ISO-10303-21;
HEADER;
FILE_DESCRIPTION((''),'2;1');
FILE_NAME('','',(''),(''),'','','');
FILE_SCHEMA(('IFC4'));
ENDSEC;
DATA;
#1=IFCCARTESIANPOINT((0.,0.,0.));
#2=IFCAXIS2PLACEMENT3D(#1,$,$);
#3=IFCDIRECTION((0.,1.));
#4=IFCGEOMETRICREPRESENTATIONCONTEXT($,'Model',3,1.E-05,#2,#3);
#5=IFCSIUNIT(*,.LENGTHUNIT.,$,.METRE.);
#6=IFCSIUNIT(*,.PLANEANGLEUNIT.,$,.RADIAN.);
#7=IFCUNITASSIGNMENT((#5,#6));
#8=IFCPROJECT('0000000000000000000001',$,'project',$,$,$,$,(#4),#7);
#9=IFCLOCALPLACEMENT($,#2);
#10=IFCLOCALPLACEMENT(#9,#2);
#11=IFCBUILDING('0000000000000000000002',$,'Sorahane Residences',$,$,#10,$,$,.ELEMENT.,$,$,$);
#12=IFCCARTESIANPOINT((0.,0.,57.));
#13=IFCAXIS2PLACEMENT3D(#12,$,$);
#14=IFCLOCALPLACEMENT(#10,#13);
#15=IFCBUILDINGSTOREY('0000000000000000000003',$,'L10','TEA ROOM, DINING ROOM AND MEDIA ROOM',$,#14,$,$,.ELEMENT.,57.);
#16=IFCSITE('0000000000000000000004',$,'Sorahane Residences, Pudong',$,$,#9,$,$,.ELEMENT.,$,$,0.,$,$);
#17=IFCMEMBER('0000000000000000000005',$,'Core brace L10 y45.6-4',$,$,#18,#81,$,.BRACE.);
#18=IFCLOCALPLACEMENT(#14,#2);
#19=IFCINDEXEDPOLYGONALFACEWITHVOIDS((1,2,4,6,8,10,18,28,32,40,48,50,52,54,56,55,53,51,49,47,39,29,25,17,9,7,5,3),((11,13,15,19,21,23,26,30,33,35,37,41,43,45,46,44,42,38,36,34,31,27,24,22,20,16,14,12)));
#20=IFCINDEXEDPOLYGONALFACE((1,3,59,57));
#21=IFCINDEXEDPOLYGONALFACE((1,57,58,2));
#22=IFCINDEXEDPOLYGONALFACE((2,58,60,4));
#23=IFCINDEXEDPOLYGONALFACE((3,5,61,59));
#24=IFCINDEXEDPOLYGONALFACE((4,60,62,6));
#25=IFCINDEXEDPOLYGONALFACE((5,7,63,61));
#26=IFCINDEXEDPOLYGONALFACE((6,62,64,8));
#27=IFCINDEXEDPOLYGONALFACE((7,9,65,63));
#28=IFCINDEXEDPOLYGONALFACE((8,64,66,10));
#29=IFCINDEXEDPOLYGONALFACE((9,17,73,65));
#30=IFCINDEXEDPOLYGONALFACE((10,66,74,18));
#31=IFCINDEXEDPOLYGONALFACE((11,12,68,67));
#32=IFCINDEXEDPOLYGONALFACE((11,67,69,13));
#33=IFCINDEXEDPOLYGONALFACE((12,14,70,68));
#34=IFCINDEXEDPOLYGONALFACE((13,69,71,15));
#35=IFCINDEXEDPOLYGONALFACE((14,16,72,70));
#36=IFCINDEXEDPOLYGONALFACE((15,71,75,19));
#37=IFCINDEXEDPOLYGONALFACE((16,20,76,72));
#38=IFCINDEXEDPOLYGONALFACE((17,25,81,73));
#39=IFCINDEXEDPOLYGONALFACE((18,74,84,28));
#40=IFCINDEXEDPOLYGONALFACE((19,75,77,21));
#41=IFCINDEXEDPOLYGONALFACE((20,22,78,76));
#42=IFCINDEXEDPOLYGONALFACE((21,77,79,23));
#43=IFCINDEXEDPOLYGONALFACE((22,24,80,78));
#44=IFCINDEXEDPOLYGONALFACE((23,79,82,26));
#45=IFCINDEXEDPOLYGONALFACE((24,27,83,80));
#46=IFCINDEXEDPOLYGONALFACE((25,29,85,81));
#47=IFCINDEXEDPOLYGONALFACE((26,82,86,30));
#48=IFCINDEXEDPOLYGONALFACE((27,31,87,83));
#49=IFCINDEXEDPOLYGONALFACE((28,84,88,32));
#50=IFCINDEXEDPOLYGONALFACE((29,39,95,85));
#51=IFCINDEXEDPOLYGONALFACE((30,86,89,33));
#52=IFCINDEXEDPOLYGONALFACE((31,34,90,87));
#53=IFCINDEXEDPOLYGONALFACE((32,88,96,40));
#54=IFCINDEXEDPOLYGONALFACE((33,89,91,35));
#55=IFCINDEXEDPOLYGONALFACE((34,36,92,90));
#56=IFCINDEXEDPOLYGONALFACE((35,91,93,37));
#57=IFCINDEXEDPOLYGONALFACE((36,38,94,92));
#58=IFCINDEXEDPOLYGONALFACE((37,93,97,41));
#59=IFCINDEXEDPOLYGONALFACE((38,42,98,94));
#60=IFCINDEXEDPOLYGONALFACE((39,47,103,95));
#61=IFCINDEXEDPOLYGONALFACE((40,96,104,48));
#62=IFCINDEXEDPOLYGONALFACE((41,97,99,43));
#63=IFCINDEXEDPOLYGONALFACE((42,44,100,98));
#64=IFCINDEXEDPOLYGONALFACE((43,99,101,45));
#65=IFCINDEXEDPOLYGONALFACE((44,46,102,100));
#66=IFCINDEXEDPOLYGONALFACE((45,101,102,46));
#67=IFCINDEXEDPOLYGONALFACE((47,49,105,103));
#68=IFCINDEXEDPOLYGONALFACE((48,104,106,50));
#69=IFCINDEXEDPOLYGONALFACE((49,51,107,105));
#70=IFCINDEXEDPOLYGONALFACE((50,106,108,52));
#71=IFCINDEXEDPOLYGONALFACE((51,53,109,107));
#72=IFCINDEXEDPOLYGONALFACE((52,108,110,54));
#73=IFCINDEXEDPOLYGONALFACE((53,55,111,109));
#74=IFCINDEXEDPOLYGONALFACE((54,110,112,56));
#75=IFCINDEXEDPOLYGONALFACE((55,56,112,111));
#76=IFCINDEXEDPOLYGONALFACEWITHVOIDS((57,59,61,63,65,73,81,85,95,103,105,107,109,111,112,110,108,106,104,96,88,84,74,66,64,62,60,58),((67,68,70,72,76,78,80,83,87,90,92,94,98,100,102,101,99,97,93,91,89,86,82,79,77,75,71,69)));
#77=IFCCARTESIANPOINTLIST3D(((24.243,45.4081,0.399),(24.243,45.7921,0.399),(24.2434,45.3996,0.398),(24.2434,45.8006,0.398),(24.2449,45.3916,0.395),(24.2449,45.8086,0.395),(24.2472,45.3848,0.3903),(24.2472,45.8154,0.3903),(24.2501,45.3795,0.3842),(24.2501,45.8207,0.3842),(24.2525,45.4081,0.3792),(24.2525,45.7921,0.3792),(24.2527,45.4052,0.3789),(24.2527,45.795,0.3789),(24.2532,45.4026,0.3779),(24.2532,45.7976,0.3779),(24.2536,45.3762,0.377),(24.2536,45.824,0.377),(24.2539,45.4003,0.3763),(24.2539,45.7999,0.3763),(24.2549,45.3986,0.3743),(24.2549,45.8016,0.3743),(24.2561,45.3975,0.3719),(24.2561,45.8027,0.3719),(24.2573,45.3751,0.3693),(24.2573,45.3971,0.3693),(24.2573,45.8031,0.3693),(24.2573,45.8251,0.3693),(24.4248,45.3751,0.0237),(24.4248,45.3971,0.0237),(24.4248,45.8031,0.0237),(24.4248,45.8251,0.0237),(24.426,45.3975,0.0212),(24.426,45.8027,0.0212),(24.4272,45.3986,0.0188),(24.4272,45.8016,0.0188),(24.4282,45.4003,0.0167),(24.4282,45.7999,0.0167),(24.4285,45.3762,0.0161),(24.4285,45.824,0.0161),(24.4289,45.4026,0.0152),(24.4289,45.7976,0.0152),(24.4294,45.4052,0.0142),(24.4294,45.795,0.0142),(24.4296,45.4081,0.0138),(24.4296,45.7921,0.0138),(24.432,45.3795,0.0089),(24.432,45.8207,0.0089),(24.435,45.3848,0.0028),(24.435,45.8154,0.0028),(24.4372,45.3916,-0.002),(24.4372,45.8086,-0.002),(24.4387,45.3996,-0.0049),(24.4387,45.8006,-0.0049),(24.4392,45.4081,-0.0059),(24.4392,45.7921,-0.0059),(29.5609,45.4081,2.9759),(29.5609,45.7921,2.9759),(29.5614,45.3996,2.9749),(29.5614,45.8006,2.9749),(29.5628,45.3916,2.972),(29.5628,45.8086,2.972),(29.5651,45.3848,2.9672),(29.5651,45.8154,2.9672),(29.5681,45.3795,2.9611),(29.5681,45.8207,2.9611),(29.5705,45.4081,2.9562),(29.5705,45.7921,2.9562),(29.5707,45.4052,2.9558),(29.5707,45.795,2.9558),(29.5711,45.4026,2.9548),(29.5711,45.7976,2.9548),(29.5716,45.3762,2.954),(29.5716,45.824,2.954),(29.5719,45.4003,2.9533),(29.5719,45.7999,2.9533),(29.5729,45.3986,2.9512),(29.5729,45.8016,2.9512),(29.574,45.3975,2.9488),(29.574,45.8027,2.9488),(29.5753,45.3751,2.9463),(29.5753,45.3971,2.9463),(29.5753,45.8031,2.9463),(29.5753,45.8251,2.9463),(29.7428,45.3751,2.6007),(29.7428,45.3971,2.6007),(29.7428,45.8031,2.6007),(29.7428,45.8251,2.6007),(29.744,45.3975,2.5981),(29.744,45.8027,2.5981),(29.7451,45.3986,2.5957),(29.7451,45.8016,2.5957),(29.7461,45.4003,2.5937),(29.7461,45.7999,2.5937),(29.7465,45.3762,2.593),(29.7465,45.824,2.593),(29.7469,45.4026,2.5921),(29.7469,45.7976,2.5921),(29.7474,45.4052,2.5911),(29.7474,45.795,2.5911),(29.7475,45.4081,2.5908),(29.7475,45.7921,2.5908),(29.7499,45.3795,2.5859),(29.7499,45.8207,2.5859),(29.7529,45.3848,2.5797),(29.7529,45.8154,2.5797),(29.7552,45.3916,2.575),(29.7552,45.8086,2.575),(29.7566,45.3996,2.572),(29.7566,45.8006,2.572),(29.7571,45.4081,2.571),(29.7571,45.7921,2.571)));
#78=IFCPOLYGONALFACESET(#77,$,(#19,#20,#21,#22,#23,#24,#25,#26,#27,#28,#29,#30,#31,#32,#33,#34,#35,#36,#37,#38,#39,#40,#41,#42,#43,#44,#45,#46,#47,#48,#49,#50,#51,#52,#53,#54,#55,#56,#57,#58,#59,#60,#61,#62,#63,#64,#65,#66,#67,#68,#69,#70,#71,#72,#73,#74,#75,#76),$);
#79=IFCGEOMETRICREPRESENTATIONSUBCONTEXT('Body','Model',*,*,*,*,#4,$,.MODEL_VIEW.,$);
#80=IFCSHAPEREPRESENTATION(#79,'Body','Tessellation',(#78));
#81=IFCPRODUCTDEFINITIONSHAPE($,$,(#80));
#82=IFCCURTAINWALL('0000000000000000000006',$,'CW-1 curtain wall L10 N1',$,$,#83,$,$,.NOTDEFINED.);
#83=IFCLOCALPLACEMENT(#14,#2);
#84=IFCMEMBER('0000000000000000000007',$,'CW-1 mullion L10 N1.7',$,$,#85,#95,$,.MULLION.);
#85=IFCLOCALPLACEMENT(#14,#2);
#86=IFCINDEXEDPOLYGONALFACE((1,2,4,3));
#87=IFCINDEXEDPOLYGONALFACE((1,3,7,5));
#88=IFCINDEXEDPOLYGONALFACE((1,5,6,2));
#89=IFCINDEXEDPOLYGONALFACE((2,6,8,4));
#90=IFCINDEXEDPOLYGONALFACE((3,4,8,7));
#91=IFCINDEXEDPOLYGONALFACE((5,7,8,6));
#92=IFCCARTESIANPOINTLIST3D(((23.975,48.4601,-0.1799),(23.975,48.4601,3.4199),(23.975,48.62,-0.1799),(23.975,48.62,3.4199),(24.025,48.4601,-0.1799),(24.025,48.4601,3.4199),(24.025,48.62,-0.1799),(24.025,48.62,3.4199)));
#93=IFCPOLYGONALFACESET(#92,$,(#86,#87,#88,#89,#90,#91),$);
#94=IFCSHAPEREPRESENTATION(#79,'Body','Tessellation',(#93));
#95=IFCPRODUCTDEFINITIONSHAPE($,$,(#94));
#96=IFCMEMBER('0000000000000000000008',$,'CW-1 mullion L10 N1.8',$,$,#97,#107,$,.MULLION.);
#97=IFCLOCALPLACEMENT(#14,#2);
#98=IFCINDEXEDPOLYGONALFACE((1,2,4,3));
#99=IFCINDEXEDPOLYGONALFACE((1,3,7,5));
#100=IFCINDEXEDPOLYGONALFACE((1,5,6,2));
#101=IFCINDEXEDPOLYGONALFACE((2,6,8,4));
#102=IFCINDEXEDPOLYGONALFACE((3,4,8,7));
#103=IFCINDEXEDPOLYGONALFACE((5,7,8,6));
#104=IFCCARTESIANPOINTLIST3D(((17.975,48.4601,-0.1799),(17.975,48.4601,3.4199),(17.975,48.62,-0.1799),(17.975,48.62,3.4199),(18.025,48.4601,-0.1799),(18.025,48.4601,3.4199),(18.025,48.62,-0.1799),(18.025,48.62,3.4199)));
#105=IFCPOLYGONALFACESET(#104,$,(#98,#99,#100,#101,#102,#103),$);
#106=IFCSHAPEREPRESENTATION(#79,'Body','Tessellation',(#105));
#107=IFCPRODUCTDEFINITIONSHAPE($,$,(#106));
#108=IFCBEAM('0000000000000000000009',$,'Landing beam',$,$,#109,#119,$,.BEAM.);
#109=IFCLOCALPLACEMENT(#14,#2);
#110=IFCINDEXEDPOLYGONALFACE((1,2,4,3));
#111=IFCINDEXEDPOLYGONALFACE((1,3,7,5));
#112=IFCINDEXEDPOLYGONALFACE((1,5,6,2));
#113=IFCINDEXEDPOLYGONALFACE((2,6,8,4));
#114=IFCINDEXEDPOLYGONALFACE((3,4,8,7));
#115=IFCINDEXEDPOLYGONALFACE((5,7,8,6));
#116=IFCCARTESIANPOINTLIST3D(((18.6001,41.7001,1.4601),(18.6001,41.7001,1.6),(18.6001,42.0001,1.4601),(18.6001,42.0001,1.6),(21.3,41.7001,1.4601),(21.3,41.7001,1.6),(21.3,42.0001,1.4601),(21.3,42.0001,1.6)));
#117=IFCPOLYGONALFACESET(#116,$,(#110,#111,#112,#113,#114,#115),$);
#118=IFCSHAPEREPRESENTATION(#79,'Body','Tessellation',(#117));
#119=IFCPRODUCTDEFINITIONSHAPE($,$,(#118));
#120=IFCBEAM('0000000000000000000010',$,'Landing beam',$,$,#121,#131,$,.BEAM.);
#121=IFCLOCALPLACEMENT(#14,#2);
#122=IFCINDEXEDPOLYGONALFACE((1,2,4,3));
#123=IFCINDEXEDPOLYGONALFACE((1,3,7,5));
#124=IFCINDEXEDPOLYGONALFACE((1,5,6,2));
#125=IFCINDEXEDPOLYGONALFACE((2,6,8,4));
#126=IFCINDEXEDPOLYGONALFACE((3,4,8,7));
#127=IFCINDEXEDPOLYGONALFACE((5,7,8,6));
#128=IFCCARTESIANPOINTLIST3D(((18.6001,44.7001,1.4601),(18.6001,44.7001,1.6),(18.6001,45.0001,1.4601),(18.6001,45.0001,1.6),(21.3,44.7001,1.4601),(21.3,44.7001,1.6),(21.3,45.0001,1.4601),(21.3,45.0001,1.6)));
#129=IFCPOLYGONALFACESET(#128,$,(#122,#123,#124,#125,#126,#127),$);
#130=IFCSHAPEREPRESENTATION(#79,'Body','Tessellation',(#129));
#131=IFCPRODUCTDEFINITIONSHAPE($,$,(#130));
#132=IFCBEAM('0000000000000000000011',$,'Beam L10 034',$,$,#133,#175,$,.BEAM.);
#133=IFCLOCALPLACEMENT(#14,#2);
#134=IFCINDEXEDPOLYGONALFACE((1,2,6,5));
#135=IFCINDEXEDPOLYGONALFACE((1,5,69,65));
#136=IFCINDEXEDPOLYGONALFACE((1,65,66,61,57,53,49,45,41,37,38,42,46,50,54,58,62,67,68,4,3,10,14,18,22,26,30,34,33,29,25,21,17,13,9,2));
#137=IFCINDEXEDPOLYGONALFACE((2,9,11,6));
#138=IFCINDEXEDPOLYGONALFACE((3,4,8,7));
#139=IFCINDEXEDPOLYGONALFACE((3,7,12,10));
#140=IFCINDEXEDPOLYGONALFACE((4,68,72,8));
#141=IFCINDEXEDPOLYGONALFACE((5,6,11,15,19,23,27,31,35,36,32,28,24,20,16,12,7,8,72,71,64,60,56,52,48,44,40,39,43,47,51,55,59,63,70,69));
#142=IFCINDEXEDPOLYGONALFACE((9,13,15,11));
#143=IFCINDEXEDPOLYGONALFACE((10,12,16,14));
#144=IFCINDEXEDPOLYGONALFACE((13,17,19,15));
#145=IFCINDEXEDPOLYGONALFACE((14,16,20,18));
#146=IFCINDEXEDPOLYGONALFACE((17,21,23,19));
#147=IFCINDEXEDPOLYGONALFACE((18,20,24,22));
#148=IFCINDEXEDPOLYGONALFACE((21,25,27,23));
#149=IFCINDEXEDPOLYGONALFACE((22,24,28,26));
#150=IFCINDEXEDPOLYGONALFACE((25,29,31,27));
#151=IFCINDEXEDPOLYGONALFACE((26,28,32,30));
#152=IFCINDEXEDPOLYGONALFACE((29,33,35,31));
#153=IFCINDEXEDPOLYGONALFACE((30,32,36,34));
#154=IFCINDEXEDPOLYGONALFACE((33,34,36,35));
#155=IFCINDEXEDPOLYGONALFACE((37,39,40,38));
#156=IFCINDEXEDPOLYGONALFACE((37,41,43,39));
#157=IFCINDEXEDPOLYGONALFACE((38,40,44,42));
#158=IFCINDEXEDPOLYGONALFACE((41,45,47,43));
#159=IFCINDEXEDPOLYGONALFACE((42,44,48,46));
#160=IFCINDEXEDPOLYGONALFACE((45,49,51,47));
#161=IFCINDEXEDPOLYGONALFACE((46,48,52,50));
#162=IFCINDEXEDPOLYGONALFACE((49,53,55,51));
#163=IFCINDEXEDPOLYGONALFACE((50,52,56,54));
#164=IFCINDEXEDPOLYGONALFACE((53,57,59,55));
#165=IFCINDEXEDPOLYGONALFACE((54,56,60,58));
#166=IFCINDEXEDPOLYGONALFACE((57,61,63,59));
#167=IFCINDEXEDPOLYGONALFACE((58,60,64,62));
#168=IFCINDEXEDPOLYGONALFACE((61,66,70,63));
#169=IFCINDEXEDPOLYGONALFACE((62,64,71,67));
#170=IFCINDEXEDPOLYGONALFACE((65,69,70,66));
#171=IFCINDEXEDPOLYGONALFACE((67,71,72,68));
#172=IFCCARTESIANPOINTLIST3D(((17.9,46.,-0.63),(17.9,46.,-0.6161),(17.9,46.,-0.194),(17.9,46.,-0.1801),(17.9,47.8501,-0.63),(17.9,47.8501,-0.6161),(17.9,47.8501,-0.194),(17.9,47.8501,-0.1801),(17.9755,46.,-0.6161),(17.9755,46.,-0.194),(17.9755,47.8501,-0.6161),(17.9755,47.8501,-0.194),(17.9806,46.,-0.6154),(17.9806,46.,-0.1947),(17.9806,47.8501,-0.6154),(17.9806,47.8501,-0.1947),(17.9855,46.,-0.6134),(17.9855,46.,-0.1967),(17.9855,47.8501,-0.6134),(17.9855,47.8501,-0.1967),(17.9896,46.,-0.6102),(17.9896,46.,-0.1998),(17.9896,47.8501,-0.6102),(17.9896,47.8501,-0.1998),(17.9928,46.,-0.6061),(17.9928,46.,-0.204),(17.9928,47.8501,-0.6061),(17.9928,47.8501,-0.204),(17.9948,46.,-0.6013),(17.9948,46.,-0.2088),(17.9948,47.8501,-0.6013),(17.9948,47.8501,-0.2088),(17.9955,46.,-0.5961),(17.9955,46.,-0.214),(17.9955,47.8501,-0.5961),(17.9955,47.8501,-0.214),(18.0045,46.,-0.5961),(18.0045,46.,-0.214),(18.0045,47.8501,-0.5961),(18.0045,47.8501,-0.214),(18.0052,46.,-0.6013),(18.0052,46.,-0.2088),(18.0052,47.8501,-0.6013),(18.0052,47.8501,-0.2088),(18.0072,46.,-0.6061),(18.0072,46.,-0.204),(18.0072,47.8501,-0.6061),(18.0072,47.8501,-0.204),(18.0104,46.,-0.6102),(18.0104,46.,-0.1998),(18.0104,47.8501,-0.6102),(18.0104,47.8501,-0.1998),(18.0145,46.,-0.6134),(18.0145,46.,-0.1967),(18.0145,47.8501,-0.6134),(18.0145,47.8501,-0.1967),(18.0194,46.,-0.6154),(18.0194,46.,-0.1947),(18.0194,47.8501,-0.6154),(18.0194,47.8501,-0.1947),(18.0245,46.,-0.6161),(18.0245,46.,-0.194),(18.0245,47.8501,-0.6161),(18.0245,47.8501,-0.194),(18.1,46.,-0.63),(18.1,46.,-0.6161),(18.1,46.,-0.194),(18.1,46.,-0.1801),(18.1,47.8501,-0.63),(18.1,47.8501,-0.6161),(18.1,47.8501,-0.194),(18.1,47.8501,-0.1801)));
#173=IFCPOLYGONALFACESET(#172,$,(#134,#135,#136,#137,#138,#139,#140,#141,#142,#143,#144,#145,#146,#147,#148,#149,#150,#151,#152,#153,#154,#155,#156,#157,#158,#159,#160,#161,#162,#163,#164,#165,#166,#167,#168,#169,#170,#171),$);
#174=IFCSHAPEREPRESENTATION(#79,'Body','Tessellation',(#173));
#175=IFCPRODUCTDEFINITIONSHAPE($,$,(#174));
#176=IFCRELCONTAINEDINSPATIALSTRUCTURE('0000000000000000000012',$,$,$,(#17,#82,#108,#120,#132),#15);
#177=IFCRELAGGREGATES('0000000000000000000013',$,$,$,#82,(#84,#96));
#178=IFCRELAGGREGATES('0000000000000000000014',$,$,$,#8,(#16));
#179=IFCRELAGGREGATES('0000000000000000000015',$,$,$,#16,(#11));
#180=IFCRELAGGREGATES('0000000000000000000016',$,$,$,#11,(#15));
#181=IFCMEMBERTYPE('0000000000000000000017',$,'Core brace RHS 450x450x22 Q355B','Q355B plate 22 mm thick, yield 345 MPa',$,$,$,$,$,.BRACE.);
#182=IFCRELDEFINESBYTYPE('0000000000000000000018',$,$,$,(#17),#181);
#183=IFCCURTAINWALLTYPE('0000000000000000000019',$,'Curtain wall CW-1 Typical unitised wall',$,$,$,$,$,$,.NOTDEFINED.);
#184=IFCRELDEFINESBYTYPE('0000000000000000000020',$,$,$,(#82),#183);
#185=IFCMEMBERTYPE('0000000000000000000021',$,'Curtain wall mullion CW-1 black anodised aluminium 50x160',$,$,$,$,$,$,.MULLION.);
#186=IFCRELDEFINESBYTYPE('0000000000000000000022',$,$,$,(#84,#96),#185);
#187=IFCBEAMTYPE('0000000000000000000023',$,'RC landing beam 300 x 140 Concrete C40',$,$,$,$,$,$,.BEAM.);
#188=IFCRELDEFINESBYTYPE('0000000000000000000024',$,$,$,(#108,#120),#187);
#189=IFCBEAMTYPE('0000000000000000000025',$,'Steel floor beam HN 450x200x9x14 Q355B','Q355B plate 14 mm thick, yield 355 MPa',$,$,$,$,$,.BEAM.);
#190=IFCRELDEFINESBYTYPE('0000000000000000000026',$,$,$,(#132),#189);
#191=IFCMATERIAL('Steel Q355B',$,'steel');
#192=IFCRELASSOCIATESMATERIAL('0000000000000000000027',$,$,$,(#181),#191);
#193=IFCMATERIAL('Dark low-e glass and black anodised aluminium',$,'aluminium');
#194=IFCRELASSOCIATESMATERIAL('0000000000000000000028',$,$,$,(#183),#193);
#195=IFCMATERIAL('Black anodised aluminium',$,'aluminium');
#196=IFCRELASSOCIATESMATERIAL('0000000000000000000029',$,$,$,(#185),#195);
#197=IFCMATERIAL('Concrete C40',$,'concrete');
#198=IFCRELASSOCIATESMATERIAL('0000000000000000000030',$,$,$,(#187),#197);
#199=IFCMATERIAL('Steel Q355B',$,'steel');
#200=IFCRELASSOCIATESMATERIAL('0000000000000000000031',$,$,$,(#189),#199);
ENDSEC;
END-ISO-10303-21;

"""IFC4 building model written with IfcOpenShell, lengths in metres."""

from ifc_helpers import new_model, si_unit, direction, frame, origin, origin_2d, place, context, subcontext, project, spatial, rectangle, hollow_rectangle, i_section, extrude, material, material_profile, profile_set, type_object, element, aggregate, save


model = new_model("IFC4")

# Units and contexts
model_context = context("Model", 3, precision=1e-05, world=origin(), true_north=direction((0.0, 1.0)))
body_context = subcontext(model_context, "Body", "Model", "MODEL_VIEW")
ifc_project = project(units=[si_unit("LENGTHUNIT", "METRE"), si_unit("PLANEANGLEUNIT", "RADIAN")], contexts=[model_context])

# Site, building, storey
site_placement = place(None, origin())
site = spatial("IfcSite", under=ifc_project, at=site_placement, Name="Sorahane Residences, Pudong", CompositionType="ELEMENT", RefElevation=0.0)
building_placement = place(site_placement, origin())
building = spatial("IfcBuilding", under=site, at=building_placement, Name="Sorahane Residences", CompositionType="ELEMENT")
storey_placement = place(building_placement, frame((0.0, 0.0, 57.0)))
storey = spatial("IfcBuildingStorey", under=building, at=storey_placement, Name="L10", Description="TEA ROOM, DINING ROOM AND MEDIA ROOM", CompositionType="ELEMENT", Elevation=57.0)

# Member
ifc_material_1 = material(Name="Steel Q355B", Category="steel")
ifc_material_profile_1 = material_profile(ifc_material_1, hollow_rectangle(XDim=0.45, YDim=0.45, WallThickness=0.022, InnerFilletRadius=0.011, OuterFilletRadius=0.033, at=origin_2d()), Name="RHS 450x450x22")
ifc_profile_set_1 = profile_set([ifc_material_profile_1], Name="Steel Q355B")
member_type_1 = type_object("IfcMemberType", Name="Core brace RHS 450x450x22 Q355B", Description="Q355B plate 22 mm thick, yield 345 MPa", PredefinedType="BRACE", material=ifc_profile_set_1)
for number, where, z_axis, x_axis, name in (
    (1, (24.3411, 45.6001, 0.1965), (0.899911, 0.0, 0.436074), (0.0, 1.0, 0.0), "Core brace L10 y45.6-4"),
):
    element("IfcMember", number, at=place(storey_placement, frame(where, z_axis=z_axis, x_axis=x_axis)), inside=storey, type_object=member_type_1, Name=name, PredefinedType="BRACE", context=body_context, shape_type="SweptSolid", body=[
        extrude(hollow_rectangle(XDim=0.45, YDim=0.45, WallThickness=0.022, InnerFilletRadius=0.011, OuterFilletRadius=0.033, at=origin_2d()), origin(), (0.0, 0.0, 1.0), 5.9094),
    ])

# Curtain wall, members
ifc_material_2 = material(Name="Dark low-e glass and black anodised aluminium", Category="aluminium")
curtain_wall_type = type_object("IfcCurtainWallType", Name="Curtain wall CW-1 Typical unitised wall", PredefinedType="NOTDEFINED", material=ifc_material_2)
curtain_wall_placement = place(storey_placement, origin())
curtain_wall = element("IfcCurtainWall", 2, at=curtain_wall_placement, inside=storey, type_object=curtain_wall_type, Name="CW-1 curtain wall L10 N1", PredefinedType="NOTDEFINED")
ifc_material_3 = material(Name="Black anodised aluminium", Category="aluminium")
ifc_material_profile_2 = material_profile(ifc_material_3, rectangle(XDim=0.1599, YDim=0.05, at=origin_2d()), Name="Curtain wall mullion CW-1 black anodised aluminium 50x160")
ifc_profile_set_2 = profile_set([ifc_material_profile_2], Name="Black anodised aluminium")
member_type_2 = type_object("IfcMemberType", Name="Curtain wall mullion CW-1 black anodised aluminium 50x160", PredefinedType="MULLION", material=ifc_profile_set_2)
member_1_placement = place(storey_placement, frame((24.0, 48.54, -0.1799), z_axis=(0.0, 0.0, 1.0), x_axis=(0.0, 1.0, 0.0)))
member_1 = element("IfcMember", 3, at=member_1_placement, type_object=member_type_2, Name="CW-1 mullion L10 N1.7", PredefinedType="MULLION", context=body_context, shape_type="SweptSolid", body=[
    extrude(rectangle(XDim=0.1599, YDim=0.05, at=origin_2d()), origin(), (0.0, 0.0, 1.0), 3.5999),
])
member_2_placement = place(storey_placement, frame((18.0, 48.54, -0.1799), z_axis=(0.0, 0.0, 1.0), x_axis=(0.0, 1.0, 0.0)))
member_2 = element("IfcMember", 4, at=member_2_placement, type_object=member_type_2, Name="CW-1 mullion L10 N1.8", PredefinedType="MULLION", context=body_context, shape_type="SweptSolid", body=[
    extrude(rectangle(XDim=0.1599, YDim=0.05, at=origin_2d()), origin(), (0.0, 0.0, 1.0), 3.5999),
])

# Beams
ifc_material_4 = material(Name="Concrete C40", Category="concrete")
ifc_material_profile_3 = material_profile(ifc_material_4, rectangle(XDim=0.3, YDim=0.1399, at=origin_2d()), Name="300x140")
ifc_profile_set_3 = profile_set([ifc_material_profile_3], Name="Concrete C40")
beam_type_1 = type_object("IfcBeamType", Name="RC landing beam 300 x 140 Concrete C40", PredefinedType="BEAM", material=ifc_profile_set_3)
for number, where, z_axis, x_axis, name in (
    (5, (18.6001, 41.8501, 1.53), (1.0, 0.0, 0.0), (0.0, 1.0, 0.0), "Landing beam"),
    (6, (18.6001, 44.8501, 1.53), (1.0, 0.0, 0.0), (0.0, 1.0, 0.0), "Landing beam"),
):
    element("IfcBeam", number, at=place(storey_placement, frame(where, z_axis=z_axis, x_axis=x_axis)), inside=storey, type_object=beam_type_1, Name=name, PredefinedType="BEAM", context=body_context, shape_type="SweptSolid", body=[
        extrude(rectangle(XDim=0.3, YDim=0.1399, at=origin_2d()), origin(), (0.0, 0.0, 1.0), 2.7),
    ])
ifc_material_5 = material(Name="Steel Q355B", Category="steel")
ifc_material_profile_4 = material_profile(ifc_material_5, i_section(OverallWidth=0.2, OverallDepth=0.45, WebThickness=0.009, FlangeThickness=0.0139, FilletRadius=0.02, at=origin_2d()), Name="HN 450x200x9x14")
ifc_profile_set_4 = profile_set([ifc_material_profile_4], Name="Steel Q355B")
beam_type_2 = type_object("IfcBeamType", Name="Steel floor beam HN 450x200x9x14 Q355B", Description="Q355B plate 14 mm thick, yield 355 MPa", PredefinedType="BEAM", material=ifc_profile_set_4)
beam_1_placement = place(storey_placement, frame((18.0, 46.0, -0.405), z_axis=(0.0, 1.0, 0.0), x_axis=(-1.0, 0.0, 0.0)))
element("IfcBeam", 7, at=beam_1_placement, inside=storey, type_object=beam_type_2, Name="Beam L10 034", PredefinedType="BEAM", context=body_context, shape_type="SweptSolid", body=[
    extrude(i_section(OverallWidth=0.2, OverallDepth=0.45, WebThickness=0.009, FlangeThickness=0.0139, FilletRadius=0.02, at=origin_2d()), origin(), (0.0, 0.0, 1.0), 1.8501),
])

aggregate(curtain_wall, [member_1, member_2])

save(model, "model.ifc")
